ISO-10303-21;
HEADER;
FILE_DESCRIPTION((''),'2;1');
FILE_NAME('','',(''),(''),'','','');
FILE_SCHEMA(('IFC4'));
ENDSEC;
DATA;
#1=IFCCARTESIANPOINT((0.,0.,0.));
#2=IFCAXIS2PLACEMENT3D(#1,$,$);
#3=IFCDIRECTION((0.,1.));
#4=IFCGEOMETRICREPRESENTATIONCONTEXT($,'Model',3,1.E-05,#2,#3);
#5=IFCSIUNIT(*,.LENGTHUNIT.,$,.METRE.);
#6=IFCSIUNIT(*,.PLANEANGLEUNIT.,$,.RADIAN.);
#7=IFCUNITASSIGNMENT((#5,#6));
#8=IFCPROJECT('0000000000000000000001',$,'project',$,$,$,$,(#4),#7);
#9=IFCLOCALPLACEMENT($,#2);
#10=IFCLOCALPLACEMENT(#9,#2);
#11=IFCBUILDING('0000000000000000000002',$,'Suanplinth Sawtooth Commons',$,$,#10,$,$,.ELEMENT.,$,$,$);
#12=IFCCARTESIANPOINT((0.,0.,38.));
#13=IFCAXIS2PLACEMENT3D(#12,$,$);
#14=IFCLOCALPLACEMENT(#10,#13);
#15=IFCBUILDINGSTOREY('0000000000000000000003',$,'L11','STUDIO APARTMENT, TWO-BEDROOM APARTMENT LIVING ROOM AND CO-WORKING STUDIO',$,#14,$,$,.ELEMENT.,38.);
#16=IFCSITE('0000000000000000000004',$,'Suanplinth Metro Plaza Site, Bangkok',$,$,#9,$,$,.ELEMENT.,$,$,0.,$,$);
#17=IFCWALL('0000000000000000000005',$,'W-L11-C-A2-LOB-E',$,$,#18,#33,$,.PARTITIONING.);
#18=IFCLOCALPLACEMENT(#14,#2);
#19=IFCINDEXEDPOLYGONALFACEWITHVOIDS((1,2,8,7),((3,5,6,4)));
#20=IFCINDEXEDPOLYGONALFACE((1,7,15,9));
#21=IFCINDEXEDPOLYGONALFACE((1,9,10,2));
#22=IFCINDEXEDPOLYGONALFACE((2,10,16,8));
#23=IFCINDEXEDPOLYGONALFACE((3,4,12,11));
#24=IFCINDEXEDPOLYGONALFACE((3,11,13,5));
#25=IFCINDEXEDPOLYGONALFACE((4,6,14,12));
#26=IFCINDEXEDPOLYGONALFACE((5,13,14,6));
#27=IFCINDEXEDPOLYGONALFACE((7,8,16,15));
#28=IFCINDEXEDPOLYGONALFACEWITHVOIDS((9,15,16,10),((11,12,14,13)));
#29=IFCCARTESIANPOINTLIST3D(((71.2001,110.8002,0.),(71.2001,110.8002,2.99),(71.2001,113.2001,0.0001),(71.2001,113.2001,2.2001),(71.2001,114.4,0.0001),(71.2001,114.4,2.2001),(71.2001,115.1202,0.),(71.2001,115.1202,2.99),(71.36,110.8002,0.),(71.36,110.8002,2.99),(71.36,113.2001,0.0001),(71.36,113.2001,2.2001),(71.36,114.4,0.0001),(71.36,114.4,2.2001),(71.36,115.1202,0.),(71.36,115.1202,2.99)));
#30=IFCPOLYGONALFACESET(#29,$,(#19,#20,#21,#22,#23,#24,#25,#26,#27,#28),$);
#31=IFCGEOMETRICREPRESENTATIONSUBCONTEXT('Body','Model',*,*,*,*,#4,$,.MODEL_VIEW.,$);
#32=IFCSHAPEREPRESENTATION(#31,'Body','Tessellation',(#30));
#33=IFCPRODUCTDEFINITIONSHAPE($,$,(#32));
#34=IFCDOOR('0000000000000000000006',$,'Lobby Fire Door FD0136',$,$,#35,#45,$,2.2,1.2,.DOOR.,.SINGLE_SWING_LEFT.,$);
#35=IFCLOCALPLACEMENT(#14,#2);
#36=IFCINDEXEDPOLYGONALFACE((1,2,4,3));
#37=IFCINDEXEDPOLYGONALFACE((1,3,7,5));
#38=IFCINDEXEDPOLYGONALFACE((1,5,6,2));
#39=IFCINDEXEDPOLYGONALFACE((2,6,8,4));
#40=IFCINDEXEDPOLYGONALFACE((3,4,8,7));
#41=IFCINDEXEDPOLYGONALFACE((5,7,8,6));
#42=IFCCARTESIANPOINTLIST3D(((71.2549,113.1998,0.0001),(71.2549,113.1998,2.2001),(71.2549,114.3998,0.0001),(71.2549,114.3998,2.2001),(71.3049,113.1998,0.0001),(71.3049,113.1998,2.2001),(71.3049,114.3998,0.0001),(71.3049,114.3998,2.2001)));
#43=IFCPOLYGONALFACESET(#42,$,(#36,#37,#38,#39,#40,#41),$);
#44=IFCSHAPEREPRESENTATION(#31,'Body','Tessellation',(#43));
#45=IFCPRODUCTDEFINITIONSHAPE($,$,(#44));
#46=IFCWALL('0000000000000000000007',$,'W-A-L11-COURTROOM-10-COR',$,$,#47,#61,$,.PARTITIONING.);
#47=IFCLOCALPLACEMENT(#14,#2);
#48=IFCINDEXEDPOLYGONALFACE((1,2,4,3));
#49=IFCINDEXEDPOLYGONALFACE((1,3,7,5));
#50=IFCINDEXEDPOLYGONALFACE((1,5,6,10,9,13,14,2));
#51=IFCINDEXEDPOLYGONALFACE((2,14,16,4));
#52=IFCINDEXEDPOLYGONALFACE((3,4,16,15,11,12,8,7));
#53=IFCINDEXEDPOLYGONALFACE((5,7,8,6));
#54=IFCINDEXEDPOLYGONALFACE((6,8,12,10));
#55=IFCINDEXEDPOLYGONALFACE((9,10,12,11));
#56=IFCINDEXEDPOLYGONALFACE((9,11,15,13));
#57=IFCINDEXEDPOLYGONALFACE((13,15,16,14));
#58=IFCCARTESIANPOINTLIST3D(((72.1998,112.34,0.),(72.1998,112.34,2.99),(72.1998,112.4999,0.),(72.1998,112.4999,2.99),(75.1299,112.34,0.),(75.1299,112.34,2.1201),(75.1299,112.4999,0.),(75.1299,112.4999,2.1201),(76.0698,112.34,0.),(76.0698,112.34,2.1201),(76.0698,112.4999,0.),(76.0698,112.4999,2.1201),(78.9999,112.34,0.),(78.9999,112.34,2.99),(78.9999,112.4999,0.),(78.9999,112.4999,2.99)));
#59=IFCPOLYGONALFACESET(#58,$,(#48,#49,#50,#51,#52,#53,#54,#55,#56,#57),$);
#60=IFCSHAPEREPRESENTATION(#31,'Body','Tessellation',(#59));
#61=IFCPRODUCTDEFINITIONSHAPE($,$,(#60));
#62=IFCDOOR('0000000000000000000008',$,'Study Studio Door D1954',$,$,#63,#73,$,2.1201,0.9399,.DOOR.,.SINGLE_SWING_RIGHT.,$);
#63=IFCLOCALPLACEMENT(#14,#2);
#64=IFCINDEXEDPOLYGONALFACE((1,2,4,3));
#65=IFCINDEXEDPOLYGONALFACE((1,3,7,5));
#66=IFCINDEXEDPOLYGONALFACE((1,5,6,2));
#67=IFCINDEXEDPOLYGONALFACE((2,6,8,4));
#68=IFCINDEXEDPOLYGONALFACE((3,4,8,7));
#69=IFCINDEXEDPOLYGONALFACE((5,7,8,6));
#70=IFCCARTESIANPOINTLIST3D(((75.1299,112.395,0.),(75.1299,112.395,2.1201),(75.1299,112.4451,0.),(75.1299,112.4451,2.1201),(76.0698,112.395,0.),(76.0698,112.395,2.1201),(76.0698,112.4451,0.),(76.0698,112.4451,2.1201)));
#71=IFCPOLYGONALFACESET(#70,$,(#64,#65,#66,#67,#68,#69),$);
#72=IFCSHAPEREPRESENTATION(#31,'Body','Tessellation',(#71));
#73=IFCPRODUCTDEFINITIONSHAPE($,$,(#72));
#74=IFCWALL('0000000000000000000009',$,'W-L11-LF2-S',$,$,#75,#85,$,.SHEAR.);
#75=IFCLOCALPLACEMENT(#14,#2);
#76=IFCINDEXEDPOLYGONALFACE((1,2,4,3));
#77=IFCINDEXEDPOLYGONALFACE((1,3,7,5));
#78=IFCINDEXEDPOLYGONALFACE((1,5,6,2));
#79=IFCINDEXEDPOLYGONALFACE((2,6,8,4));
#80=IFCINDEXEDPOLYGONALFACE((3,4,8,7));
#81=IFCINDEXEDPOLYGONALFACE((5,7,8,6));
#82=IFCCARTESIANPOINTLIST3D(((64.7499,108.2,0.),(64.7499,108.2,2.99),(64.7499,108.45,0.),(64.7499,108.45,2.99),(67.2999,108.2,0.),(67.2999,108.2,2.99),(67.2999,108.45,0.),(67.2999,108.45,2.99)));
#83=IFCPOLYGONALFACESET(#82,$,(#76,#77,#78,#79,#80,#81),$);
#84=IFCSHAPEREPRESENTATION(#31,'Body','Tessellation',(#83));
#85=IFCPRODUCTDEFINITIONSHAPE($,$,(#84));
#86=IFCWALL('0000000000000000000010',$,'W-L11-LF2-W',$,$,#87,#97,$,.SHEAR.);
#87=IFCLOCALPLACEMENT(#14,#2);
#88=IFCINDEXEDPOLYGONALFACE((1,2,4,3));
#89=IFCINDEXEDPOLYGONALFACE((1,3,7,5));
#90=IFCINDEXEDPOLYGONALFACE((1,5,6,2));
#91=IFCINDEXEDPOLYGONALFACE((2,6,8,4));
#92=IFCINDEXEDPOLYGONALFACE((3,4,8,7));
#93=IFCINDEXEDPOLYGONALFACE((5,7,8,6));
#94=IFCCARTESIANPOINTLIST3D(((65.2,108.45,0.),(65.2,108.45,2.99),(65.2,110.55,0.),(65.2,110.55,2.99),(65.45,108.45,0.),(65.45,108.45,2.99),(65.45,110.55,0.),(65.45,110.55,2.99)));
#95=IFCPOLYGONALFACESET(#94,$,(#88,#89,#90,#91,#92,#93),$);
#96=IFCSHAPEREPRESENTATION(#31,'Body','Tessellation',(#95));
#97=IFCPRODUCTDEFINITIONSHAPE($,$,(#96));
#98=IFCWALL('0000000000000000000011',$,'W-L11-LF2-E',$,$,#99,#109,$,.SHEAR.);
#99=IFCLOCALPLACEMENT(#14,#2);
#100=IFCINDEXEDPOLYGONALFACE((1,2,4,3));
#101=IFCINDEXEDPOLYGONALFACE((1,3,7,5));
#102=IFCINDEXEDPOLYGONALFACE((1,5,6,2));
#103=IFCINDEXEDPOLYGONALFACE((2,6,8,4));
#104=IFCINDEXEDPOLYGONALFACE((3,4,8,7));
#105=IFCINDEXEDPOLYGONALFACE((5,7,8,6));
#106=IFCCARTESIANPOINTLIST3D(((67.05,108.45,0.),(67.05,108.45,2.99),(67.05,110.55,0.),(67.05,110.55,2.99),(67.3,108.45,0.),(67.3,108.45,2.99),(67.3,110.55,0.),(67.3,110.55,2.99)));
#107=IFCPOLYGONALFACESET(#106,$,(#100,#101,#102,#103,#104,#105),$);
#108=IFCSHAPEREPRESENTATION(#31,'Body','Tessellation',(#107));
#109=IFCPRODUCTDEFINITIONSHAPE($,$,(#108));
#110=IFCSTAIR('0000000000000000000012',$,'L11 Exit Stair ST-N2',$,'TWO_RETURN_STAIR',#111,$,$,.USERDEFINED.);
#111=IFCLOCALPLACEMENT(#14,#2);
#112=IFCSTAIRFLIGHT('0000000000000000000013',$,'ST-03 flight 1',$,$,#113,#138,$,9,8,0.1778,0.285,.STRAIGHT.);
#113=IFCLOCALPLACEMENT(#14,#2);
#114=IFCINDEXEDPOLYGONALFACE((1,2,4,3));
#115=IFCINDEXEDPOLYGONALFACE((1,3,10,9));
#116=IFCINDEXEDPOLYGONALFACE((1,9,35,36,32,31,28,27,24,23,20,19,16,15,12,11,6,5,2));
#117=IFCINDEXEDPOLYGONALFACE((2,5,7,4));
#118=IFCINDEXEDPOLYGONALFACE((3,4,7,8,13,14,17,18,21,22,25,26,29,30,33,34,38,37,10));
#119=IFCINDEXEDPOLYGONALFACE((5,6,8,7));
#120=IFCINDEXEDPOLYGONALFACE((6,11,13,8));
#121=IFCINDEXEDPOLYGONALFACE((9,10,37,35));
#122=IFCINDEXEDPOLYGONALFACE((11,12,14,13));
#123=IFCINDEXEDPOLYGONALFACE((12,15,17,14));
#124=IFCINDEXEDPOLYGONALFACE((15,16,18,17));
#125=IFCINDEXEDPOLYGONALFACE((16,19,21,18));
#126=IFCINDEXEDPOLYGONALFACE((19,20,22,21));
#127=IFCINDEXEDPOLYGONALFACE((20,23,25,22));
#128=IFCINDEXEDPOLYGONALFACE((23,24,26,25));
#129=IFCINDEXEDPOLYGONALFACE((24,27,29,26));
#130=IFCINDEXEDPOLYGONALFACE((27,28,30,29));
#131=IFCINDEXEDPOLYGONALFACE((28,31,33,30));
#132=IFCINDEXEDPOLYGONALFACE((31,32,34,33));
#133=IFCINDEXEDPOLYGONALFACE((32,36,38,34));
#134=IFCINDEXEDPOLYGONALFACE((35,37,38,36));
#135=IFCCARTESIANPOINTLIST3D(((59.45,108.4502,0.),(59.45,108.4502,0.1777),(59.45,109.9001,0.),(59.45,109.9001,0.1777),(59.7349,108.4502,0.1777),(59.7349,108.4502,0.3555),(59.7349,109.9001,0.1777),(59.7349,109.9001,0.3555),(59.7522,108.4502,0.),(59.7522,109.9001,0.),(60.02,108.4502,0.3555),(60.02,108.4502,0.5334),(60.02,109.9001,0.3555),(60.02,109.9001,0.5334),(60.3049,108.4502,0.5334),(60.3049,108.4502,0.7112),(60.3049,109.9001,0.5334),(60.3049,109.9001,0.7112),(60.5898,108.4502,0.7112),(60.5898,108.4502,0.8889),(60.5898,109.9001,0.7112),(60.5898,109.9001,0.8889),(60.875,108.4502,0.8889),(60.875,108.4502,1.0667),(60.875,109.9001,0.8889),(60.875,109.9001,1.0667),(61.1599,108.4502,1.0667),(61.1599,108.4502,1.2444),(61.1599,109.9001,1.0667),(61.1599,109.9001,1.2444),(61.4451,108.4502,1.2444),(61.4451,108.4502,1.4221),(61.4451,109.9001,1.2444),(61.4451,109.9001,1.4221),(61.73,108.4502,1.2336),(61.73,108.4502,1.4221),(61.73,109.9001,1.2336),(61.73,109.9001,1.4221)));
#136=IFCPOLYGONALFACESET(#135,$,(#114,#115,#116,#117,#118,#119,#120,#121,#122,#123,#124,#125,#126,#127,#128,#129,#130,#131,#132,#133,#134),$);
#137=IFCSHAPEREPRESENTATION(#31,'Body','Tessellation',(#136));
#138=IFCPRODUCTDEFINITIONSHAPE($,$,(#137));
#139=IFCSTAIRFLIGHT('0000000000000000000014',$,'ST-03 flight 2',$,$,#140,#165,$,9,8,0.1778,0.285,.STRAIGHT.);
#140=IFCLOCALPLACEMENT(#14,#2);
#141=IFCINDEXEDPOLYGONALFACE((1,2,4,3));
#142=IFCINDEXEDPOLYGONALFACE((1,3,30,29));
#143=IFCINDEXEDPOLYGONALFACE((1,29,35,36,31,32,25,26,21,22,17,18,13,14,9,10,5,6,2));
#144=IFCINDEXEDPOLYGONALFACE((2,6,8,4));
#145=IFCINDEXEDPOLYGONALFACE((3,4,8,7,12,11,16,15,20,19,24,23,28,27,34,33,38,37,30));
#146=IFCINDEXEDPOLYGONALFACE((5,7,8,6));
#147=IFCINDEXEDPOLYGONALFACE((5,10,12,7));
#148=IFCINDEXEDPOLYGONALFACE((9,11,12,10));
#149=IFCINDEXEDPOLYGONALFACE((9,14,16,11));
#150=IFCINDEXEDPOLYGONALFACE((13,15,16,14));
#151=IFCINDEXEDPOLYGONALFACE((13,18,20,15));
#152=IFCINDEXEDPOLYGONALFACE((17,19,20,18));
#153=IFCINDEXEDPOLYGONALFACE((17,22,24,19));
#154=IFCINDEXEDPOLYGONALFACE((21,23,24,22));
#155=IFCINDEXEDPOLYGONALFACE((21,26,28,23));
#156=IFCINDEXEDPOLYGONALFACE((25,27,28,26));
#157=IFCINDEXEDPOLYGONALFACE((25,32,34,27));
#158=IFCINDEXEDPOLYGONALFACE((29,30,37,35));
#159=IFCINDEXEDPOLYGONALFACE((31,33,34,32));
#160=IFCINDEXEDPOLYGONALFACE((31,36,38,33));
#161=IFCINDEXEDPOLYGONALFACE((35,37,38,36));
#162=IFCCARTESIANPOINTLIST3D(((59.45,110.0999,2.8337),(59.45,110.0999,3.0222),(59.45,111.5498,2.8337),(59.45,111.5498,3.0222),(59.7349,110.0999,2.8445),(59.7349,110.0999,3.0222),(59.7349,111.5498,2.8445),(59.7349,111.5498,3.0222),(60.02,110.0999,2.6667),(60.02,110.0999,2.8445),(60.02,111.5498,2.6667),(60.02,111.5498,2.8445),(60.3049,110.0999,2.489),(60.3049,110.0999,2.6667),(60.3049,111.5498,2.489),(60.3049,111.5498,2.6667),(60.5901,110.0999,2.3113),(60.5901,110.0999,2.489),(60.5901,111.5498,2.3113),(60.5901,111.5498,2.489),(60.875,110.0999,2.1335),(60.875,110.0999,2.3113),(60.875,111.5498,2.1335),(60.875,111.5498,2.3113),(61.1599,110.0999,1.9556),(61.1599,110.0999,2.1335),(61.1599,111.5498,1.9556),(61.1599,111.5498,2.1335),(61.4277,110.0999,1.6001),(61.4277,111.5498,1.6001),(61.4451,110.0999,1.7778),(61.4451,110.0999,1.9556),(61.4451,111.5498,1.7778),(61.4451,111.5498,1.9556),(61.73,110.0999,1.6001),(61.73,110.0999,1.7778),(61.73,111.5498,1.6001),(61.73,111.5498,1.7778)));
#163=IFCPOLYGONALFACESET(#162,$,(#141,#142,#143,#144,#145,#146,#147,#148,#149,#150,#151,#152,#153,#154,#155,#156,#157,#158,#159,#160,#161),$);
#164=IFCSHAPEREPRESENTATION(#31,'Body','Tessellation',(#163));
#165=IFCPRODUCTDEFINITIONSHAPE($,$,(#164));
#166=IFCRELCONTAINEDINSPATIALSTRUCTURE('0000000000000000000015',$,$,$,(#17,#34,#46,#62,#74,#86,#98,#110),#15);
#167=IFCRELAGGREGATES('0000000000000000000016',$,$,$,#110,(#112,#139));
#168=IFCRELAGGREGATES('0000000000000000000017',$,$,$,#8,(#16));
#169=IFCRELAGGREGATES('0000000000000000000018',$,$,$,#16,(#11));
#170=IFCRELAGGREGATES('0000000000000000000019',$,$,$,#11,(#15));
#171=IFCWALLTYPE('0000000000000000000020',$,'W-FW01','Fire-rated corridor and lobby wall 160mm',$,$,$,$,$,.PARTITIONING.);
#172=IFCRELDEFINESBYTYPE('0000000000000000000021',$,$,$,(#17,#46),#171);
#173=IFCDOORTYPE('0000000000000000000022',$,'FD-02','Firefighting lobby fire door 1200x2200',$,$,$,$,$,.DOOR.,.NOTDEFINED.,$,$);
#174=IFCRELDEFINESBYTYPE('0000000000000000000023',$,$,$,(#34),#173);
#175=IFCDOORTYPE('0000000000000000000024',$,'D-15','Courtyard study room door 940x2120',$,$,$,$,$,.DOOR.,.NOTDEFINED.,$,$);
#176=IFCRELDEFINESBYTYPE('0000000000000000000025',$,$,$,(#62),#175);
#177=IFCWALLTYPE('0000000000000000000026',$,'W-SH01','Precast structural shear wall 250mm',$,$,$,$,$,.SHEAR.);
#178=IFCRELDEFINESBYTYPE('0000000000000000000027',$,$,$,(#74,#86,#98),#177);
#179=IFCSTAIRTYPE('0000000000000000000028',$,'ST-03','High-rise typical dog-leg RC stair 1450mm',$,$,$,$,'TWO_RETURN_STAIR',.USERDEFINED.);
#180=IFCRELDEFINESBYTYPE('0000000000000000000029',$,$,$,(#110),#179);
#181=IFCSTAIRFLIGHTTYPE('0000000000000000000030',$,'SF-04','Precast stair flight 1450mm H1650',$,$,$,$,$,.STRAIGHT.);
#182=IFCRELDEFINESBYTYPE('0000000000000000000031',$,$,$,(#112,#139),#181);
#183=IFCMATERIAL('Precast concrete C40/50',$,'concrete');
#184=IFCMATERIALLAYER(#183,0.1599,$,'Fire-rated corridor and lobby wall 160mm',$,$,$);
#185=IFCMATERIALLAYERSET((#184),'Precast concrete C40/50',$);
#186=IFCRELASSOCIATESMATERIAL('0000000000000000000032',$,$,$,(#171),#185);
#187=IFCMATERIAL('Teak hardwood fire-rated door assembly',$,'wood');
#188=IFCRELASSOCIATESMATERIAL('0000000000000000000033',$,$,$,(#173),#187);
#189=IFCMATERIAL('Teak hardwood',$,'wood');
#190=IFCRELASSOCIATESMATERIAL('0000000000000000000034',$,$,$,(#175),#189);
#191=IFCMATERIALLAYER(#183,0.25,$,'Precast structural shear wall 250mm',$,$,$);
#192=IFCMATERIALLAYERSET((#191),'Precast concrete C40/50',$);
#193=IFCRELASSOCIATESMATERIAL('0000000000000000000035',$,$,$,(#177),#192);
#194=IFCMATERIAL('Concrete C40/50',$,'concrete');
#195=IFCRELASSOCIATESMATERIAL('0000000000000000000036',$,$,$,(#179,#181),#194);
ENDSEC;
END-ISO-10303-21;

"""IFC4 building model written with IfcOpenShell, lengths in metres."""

from ifc_helpers import new_model, si_unit, direction, frame, frame_2d, origin, place, context, subcontext, project, spatial, polyline, rectangle, outline, extrude, material, layer, layer_set, type_object, element, fill, aggregate, save


model = new_model("IFC4")

# Units and contexts
model_context = context("Model", 3, precision=1e-05, world=origin(), true_north=direction((0.0, 1.0)))
body_context = subcontext(model_context, "Body", "Model", "MODEL_VIEW")
ifc_project = project(units=[si_unit("LENGTHUNIT", "METRE"), si_unit("PLANEANGLEUNIT", "RADIAN")], contexts=[model_context])

# Site, building, storey
site_placement = place(None, origin())
site = spatial("IfcSite", under=ifc_project, at=site_placement, Name="Suanplinth Metro Plaza Site, Bangkok", CompositionType="ELEMENT", RefElevation=0.0)
building_placement = place(site_placement, origin())
building = spatial("IfcBuilding", under=site, at=building_placement, Name="Suanplinth Sawtooth Commons", CompositionType="ELEMENT")
storey_placement = place(building_placement, frame((0.0, 0.0, 38.0)))
storey = spatial("IfcBuildingStorey", under=building, at=storey_placement, Name="L11", Description="STUDIO APARTMENT, TWO-BEDROOM APARTMENT LIVING ROOM AND CO-WORKING STUDIO", CompositionType="ELEMENT", Elevation=38.0)

# Shared definitions
ifc_material_1 = material(Name="Precast concrete C40/50", Category="concrete")

# Shared definitions
ifc_material_2 = material(Name="Concrete C40/50", Category="concrete")

# Shared definitions
ifc_material_3 = material(Name="Teak hardwood fire-rated door assembly", Category="wood")

# Walls, openings, doors
ifc_layer_1 = layer(ifc_material_1, 0.1599, Name="Fire-rated corridor and lobby wall 160mm")
ifc_layer_set_1 = layer_set([ifc_layer_1], Name="Precast concrete C40/50")
wall_type_1 = type_object("IfcWallType", Name="W-FW01", Description="Fire-rated corridor and lobby wall 160mm", PredefinedType="PARTITIONING", material=ifc_layer_set_1)
door_type_1 = type_object("IfcDoorType", Name="FD-02", Description="Firefighting lobby fire door 1200x2200", OperationType="NOTDEFINED", PredefinedType="DOOR", material=ifc_material_3)
wall_1_placement = place(storey_placement, frame((71.28, 110.8, 0.0), z_axis=(0.0, 0.0, 1.0), x_axis=(0.0, 1.0, 0.0)))
wall_1 = element("IfcWall", 1, at=wall_1_placement, inside=storey, type_object=wall_type_1, Name="W-L11-C-A2-LOB-E", PredefinedType="PARTITIONING", context=body_context, shape_type="SweptSolid", body=[
    extrude(rectangle(XDim=4.3201, YDim=0.1599, at=frame_2d((2.1602, 0.0))), origin(), (0.0, 0.0, 1.0), 2.99),
])
opening_1_placement = place(wall_1_placement, frame((2.3999, 0.0, 0.0)))
opening_1 = element("IfcOpeningElement", 2, at=opening_1_placement, cuts=wall_1, PredefinedType="OPENING", context=body_context, shape_type="SweptSolid", body=[
    extrude(rectangle(XDim=1.2, YDim=2.2, at=frame_2d((0.6001, 1.1001))), frame((0.0, 0.0947, 0.0), z_axis=(0.0, -1.0, 0.0), x_axis=(1.0, 0.0, 0.0)), (0.0, 0.0, 1.0), 0.1897),
])
door_1_placement = place(opening_1_placement, frame((1.2, 0.0, 0.0), z_axis=(0.0, 0.0, 1.0), x_axis=(-1.0, 0.0, 0.0)))
door_1 = element("IfcDoor", 3, at=door_1_placement, inside=storey, type_object=door_type_1, Name="Lobby Fire Door FD0136", OperationType="SINGLE_SWING_LEFT", OverallHeight=2.2, OverallWidth=1.2, PredefinedType="DOOR", context=body_context, shape_type="SweptSolid", body=[
    extrude(rectangle(XDim=1.2, YDim=2.2, at=frame_2d((0.6001, 1.1001))), frame((0.0, 0.0249, 0.0), z_axis=(0.0, -1.0, 0.0), x_axis=(1.0, 0.0, 0.0)), (0.0, 0.0, 1.0), 0.05),
])
fill(opening_1, door_1)
wall_2_placement = place(storey_placement, frame((72.2, 112.4199, 0.0), z_axis=(0.0, 0.0, 1.0), x_axis=(1.0, 0.0, 0.0)))
wall_2 = element("IfcWall", 4, at=wall_2_placement, inside=storey, type_object=wall_type_1, Name="W-A-L11-COURTROOM-10-COR", PredefinedType="PARTITIONING", context=body_context, shape_type="SweptSolid", body=[
    extrude(rectangle(XDim=6.8, YDim=0.1599, at=frame_2d((3.3999, 0.0))), origin(), (0.0, 0.0, 1.0), 2.99),
])
opening_2_placement = place(wall_2_placement, frame((2.9299, 0.0, 0.0)))
opening_2 = element("IfcOpeningElement", 5, at=opening_2_placement, cuts=wall_2, PredefinedType="OPENING", context=body_context, shape_type="SweptSolid", body=[
    extrude(rectangle(XDim=0.9399, YDim=2.1201, at=frame_2d((0.47, 1.0601))), frame((0.0, 0.0947, 0.0), z_axis=(0.0, -1.0, 0.0), x_axis=(1.0, 0.0, 0.0)), (0.0, 0.0, 1.0), 0.1897),
])
ifc_material_4 = material(Name="Teak hardwood", Category="wood")
door_type_2 = type_object("IfcDoorType", Name="D-15", Description="Courtyard study room door 940x2120", OperationType="NOTDEFINED", PredefinedType="DOOR", material=ifc_material_4)
door_2_placement = place(opening_2_placement, frame((0.9399, 0.0, 0.0), z_axis=(0.0, 0.0, 1.0), x_axis=(-1.0, 0.0, 0.0)))
door_2 = element("IfcDoor", 6, at=door_2_placement, inside=storey, type_object=door_type_2, Name="Study Studio Door D1954", OperationType="SINGLE_SWING_RIGHT", OverallHeight=2.1201, OverallWidth=0.9399, PredefinedType="DOOR", context=body_context, shape_type="SweptSolid", body=[
    extrude(rectangle(XDim=0.9399, YDim=2.1201, at=frame_2d((0.47, 1.0601))), frame((0.0, 0.0249, 0.0), z_axis=(0.0, -1.0, 0.0), x_axis=(1.0, 0.0, 0.0)), (0.0, 0.0, 1.0), 0.05),
])
fill(opening_2, door_2)

# Wall
ifc_layer_2 = layer(ifc_material_1, 0.25, Name="Precast structural shear wall 250mm")
ifc_layer_set_2 = layer_set([ifc_layer_2], Name="Precast concrete C40/50")
wall_type_2 = type_object("IfcWallType", Name="W-SH01", Description="Precast structural shear wall 250mm", PredefinedType="SHEAR", material=ifc_layer_set_2)
wall_3_placement = place(storey_placement, frame((64.75, 108.325, 0.0), z_axis=(0.0, 0.0, 1.0), x_axis=(1.0, 0.0, 0.0)))
element("IfcWall", 7, at=wall_3_placement, inside=storey, type_object=wall_type_2, Name="W-L11-LF2-S", PredefinedType="SHEAR", context=body_context, shape_type="SweptSolid", body=[
    extrude(rectangle(XDim=2.55, YDim=0.25, at=frame_2d((1.2749, 0.0))), origin(), (0.0, 0.0, 1.0), 2.99),
])

# Walls
for number, where, z_axis, x_axis, name in (
    (8, (65.325, 108.45, 0.0), (0.0, 0.0, 1.0), (0.0, 1.0, 0.0), "W-L11-LF2-W"),
    (9, (67.175, 108.45, 0.0), (0.0, 0.0, 1.0), (0.0, 1.0, 0.0), "W-L11-LF2-E"),
):
    element("IfcWall", number, at=place(storey_placement, frame(where, z_axis=z_axis, x_axis=x_axis)), inside=storey, type_object=wall_type_2, Name=name, PredefinedType="SHEAR", context=body_context, shape_type="SweptSolid", body=[
        extrude(rectangle(XDim=2.1001, YDim=0.25, at=frame_2d((1.05, 0.0))), origin(), (0.0, 0.0, 1.0), 2.99),
    ])

# Stair, stair flights
stair_type = type_object("IfcStairType", Name="ST-03", Description="High-rise typical dog-leg RC stair 1450mm", ElementType="TWO_RETURN_STAIR", PredefinedType="USERDEFINED", material=ifc_material_2)
stair_placement = place(storey_placement, origin())
stair = element("IfcStair", 10, at=stair_placement, inside=storey, type_object=stair_type, Name="L11 Exit Stair ST-N2", ObjectType="TWO_RETURN_STAIR", PredefinedType="USERDEFINED")
stair_flight_type = type_object("IfcStairFlightType", Name="SF-04", Description="Precast stair flight 1450mm H1650", PredefinedType="STRAIGHT", material=ifc_material_2)
stair_flight_1_placement = place(storey_placement, frame((59.45, 109.175, 0.0), z_axis=(0.0, 0.0, 1.0), x_axis=(1.0, 0.0, 0.0)))
stair_flight_1 = element("IfcStairFlight", 11, at=stair_flight_1_placement, type_object=stair_flight_type, Name="ST-03 flight 1", NumberOfRisers=9, NumberOfTreads=8, PredefinedType="STRAIGHT", RiserHeight=0.1778, TreadLength=0.285, context=body_context, shape_type="SweptSolid", body=[
    extrude(outline(polyline([(0.0, 0.0), (0.0, 0.1777), (0.2849, 0.1777), (0.2849, 0.3555), (0.5701, 0.3555), (0.5701, 0.5334), (0.855, 0.5334), (0.855, 0.7112), (1.1399, 0.7112), (1.1399, 0.8889), (1.425, 0.8889), (1.425, 1.0667), (1.71, 1.0667), (1.71, 1.2444), (1.9951, 1.2444), (1.9951, 1.4221), (2.28, 1.4221), (2.28, 1.6001), (2.28, 1.2336), (0.3022, 0.0), (0.0, 0.0)])), frame((0.0, 0.7251, 0.0), z_axis=(0.0, -1.0, 0.0), x_axis=(1.0, 0.0, 0.0)), (0.0, 0.0, 1.0), 1.45),
])
stair_flight_2_placement = place(storey_placement, frame((61.73, 110.825, 1.6001), z_axis=(0.0, 0.0, 1.0), x_axis=(-1.0, 0.0, 0.0)))
stair_flight_2 = element("IfcStairFlight", 12, at=stair_flight_2_placement, type_object=stair_flight_type, Name="ST-03 flight 2", NumberOfRisers=9, NumberOfTreads=8, PredefinedType="STRAIGHT", RiserHeight=0.1778, TreadLength=0.285, context=body_context, shape_type="SweptSolid", body=[
    extrude(outline(polyline([(0.0, 0.0), (0.0, 0.1777), (0.2849, 0.1777), (0.2849, 0.3555), (0.5701, 0.3555), (0.5701, 0.5334), (0.855, 0.5334), (0.855, 0.7112), (1.1399, 0.7112), (1.1399, 0.8889), (1.425, 0.8889), (1.425, 1.0667), (1.71, 1.0667), (1.71, 1.2444), (1.9951, 1.2444), (1.9951, 1.4221), (2.28, 1.4221), (2.28, 1.6001), (2.28, 1.2336), (0.3022, 0.0), (0.0, 0.0)])), frame((0.0, 0.7251, 0.0), z_axis=(0.0, -1.0, 0.0), x_axis=(1.0, 0.0, 0.0)), (0.0, 0.0, 1.0), 1.45),
])
aggregate(stair, [stair_flight_1, stair_flight_2])

save(model, "model.ifc")
